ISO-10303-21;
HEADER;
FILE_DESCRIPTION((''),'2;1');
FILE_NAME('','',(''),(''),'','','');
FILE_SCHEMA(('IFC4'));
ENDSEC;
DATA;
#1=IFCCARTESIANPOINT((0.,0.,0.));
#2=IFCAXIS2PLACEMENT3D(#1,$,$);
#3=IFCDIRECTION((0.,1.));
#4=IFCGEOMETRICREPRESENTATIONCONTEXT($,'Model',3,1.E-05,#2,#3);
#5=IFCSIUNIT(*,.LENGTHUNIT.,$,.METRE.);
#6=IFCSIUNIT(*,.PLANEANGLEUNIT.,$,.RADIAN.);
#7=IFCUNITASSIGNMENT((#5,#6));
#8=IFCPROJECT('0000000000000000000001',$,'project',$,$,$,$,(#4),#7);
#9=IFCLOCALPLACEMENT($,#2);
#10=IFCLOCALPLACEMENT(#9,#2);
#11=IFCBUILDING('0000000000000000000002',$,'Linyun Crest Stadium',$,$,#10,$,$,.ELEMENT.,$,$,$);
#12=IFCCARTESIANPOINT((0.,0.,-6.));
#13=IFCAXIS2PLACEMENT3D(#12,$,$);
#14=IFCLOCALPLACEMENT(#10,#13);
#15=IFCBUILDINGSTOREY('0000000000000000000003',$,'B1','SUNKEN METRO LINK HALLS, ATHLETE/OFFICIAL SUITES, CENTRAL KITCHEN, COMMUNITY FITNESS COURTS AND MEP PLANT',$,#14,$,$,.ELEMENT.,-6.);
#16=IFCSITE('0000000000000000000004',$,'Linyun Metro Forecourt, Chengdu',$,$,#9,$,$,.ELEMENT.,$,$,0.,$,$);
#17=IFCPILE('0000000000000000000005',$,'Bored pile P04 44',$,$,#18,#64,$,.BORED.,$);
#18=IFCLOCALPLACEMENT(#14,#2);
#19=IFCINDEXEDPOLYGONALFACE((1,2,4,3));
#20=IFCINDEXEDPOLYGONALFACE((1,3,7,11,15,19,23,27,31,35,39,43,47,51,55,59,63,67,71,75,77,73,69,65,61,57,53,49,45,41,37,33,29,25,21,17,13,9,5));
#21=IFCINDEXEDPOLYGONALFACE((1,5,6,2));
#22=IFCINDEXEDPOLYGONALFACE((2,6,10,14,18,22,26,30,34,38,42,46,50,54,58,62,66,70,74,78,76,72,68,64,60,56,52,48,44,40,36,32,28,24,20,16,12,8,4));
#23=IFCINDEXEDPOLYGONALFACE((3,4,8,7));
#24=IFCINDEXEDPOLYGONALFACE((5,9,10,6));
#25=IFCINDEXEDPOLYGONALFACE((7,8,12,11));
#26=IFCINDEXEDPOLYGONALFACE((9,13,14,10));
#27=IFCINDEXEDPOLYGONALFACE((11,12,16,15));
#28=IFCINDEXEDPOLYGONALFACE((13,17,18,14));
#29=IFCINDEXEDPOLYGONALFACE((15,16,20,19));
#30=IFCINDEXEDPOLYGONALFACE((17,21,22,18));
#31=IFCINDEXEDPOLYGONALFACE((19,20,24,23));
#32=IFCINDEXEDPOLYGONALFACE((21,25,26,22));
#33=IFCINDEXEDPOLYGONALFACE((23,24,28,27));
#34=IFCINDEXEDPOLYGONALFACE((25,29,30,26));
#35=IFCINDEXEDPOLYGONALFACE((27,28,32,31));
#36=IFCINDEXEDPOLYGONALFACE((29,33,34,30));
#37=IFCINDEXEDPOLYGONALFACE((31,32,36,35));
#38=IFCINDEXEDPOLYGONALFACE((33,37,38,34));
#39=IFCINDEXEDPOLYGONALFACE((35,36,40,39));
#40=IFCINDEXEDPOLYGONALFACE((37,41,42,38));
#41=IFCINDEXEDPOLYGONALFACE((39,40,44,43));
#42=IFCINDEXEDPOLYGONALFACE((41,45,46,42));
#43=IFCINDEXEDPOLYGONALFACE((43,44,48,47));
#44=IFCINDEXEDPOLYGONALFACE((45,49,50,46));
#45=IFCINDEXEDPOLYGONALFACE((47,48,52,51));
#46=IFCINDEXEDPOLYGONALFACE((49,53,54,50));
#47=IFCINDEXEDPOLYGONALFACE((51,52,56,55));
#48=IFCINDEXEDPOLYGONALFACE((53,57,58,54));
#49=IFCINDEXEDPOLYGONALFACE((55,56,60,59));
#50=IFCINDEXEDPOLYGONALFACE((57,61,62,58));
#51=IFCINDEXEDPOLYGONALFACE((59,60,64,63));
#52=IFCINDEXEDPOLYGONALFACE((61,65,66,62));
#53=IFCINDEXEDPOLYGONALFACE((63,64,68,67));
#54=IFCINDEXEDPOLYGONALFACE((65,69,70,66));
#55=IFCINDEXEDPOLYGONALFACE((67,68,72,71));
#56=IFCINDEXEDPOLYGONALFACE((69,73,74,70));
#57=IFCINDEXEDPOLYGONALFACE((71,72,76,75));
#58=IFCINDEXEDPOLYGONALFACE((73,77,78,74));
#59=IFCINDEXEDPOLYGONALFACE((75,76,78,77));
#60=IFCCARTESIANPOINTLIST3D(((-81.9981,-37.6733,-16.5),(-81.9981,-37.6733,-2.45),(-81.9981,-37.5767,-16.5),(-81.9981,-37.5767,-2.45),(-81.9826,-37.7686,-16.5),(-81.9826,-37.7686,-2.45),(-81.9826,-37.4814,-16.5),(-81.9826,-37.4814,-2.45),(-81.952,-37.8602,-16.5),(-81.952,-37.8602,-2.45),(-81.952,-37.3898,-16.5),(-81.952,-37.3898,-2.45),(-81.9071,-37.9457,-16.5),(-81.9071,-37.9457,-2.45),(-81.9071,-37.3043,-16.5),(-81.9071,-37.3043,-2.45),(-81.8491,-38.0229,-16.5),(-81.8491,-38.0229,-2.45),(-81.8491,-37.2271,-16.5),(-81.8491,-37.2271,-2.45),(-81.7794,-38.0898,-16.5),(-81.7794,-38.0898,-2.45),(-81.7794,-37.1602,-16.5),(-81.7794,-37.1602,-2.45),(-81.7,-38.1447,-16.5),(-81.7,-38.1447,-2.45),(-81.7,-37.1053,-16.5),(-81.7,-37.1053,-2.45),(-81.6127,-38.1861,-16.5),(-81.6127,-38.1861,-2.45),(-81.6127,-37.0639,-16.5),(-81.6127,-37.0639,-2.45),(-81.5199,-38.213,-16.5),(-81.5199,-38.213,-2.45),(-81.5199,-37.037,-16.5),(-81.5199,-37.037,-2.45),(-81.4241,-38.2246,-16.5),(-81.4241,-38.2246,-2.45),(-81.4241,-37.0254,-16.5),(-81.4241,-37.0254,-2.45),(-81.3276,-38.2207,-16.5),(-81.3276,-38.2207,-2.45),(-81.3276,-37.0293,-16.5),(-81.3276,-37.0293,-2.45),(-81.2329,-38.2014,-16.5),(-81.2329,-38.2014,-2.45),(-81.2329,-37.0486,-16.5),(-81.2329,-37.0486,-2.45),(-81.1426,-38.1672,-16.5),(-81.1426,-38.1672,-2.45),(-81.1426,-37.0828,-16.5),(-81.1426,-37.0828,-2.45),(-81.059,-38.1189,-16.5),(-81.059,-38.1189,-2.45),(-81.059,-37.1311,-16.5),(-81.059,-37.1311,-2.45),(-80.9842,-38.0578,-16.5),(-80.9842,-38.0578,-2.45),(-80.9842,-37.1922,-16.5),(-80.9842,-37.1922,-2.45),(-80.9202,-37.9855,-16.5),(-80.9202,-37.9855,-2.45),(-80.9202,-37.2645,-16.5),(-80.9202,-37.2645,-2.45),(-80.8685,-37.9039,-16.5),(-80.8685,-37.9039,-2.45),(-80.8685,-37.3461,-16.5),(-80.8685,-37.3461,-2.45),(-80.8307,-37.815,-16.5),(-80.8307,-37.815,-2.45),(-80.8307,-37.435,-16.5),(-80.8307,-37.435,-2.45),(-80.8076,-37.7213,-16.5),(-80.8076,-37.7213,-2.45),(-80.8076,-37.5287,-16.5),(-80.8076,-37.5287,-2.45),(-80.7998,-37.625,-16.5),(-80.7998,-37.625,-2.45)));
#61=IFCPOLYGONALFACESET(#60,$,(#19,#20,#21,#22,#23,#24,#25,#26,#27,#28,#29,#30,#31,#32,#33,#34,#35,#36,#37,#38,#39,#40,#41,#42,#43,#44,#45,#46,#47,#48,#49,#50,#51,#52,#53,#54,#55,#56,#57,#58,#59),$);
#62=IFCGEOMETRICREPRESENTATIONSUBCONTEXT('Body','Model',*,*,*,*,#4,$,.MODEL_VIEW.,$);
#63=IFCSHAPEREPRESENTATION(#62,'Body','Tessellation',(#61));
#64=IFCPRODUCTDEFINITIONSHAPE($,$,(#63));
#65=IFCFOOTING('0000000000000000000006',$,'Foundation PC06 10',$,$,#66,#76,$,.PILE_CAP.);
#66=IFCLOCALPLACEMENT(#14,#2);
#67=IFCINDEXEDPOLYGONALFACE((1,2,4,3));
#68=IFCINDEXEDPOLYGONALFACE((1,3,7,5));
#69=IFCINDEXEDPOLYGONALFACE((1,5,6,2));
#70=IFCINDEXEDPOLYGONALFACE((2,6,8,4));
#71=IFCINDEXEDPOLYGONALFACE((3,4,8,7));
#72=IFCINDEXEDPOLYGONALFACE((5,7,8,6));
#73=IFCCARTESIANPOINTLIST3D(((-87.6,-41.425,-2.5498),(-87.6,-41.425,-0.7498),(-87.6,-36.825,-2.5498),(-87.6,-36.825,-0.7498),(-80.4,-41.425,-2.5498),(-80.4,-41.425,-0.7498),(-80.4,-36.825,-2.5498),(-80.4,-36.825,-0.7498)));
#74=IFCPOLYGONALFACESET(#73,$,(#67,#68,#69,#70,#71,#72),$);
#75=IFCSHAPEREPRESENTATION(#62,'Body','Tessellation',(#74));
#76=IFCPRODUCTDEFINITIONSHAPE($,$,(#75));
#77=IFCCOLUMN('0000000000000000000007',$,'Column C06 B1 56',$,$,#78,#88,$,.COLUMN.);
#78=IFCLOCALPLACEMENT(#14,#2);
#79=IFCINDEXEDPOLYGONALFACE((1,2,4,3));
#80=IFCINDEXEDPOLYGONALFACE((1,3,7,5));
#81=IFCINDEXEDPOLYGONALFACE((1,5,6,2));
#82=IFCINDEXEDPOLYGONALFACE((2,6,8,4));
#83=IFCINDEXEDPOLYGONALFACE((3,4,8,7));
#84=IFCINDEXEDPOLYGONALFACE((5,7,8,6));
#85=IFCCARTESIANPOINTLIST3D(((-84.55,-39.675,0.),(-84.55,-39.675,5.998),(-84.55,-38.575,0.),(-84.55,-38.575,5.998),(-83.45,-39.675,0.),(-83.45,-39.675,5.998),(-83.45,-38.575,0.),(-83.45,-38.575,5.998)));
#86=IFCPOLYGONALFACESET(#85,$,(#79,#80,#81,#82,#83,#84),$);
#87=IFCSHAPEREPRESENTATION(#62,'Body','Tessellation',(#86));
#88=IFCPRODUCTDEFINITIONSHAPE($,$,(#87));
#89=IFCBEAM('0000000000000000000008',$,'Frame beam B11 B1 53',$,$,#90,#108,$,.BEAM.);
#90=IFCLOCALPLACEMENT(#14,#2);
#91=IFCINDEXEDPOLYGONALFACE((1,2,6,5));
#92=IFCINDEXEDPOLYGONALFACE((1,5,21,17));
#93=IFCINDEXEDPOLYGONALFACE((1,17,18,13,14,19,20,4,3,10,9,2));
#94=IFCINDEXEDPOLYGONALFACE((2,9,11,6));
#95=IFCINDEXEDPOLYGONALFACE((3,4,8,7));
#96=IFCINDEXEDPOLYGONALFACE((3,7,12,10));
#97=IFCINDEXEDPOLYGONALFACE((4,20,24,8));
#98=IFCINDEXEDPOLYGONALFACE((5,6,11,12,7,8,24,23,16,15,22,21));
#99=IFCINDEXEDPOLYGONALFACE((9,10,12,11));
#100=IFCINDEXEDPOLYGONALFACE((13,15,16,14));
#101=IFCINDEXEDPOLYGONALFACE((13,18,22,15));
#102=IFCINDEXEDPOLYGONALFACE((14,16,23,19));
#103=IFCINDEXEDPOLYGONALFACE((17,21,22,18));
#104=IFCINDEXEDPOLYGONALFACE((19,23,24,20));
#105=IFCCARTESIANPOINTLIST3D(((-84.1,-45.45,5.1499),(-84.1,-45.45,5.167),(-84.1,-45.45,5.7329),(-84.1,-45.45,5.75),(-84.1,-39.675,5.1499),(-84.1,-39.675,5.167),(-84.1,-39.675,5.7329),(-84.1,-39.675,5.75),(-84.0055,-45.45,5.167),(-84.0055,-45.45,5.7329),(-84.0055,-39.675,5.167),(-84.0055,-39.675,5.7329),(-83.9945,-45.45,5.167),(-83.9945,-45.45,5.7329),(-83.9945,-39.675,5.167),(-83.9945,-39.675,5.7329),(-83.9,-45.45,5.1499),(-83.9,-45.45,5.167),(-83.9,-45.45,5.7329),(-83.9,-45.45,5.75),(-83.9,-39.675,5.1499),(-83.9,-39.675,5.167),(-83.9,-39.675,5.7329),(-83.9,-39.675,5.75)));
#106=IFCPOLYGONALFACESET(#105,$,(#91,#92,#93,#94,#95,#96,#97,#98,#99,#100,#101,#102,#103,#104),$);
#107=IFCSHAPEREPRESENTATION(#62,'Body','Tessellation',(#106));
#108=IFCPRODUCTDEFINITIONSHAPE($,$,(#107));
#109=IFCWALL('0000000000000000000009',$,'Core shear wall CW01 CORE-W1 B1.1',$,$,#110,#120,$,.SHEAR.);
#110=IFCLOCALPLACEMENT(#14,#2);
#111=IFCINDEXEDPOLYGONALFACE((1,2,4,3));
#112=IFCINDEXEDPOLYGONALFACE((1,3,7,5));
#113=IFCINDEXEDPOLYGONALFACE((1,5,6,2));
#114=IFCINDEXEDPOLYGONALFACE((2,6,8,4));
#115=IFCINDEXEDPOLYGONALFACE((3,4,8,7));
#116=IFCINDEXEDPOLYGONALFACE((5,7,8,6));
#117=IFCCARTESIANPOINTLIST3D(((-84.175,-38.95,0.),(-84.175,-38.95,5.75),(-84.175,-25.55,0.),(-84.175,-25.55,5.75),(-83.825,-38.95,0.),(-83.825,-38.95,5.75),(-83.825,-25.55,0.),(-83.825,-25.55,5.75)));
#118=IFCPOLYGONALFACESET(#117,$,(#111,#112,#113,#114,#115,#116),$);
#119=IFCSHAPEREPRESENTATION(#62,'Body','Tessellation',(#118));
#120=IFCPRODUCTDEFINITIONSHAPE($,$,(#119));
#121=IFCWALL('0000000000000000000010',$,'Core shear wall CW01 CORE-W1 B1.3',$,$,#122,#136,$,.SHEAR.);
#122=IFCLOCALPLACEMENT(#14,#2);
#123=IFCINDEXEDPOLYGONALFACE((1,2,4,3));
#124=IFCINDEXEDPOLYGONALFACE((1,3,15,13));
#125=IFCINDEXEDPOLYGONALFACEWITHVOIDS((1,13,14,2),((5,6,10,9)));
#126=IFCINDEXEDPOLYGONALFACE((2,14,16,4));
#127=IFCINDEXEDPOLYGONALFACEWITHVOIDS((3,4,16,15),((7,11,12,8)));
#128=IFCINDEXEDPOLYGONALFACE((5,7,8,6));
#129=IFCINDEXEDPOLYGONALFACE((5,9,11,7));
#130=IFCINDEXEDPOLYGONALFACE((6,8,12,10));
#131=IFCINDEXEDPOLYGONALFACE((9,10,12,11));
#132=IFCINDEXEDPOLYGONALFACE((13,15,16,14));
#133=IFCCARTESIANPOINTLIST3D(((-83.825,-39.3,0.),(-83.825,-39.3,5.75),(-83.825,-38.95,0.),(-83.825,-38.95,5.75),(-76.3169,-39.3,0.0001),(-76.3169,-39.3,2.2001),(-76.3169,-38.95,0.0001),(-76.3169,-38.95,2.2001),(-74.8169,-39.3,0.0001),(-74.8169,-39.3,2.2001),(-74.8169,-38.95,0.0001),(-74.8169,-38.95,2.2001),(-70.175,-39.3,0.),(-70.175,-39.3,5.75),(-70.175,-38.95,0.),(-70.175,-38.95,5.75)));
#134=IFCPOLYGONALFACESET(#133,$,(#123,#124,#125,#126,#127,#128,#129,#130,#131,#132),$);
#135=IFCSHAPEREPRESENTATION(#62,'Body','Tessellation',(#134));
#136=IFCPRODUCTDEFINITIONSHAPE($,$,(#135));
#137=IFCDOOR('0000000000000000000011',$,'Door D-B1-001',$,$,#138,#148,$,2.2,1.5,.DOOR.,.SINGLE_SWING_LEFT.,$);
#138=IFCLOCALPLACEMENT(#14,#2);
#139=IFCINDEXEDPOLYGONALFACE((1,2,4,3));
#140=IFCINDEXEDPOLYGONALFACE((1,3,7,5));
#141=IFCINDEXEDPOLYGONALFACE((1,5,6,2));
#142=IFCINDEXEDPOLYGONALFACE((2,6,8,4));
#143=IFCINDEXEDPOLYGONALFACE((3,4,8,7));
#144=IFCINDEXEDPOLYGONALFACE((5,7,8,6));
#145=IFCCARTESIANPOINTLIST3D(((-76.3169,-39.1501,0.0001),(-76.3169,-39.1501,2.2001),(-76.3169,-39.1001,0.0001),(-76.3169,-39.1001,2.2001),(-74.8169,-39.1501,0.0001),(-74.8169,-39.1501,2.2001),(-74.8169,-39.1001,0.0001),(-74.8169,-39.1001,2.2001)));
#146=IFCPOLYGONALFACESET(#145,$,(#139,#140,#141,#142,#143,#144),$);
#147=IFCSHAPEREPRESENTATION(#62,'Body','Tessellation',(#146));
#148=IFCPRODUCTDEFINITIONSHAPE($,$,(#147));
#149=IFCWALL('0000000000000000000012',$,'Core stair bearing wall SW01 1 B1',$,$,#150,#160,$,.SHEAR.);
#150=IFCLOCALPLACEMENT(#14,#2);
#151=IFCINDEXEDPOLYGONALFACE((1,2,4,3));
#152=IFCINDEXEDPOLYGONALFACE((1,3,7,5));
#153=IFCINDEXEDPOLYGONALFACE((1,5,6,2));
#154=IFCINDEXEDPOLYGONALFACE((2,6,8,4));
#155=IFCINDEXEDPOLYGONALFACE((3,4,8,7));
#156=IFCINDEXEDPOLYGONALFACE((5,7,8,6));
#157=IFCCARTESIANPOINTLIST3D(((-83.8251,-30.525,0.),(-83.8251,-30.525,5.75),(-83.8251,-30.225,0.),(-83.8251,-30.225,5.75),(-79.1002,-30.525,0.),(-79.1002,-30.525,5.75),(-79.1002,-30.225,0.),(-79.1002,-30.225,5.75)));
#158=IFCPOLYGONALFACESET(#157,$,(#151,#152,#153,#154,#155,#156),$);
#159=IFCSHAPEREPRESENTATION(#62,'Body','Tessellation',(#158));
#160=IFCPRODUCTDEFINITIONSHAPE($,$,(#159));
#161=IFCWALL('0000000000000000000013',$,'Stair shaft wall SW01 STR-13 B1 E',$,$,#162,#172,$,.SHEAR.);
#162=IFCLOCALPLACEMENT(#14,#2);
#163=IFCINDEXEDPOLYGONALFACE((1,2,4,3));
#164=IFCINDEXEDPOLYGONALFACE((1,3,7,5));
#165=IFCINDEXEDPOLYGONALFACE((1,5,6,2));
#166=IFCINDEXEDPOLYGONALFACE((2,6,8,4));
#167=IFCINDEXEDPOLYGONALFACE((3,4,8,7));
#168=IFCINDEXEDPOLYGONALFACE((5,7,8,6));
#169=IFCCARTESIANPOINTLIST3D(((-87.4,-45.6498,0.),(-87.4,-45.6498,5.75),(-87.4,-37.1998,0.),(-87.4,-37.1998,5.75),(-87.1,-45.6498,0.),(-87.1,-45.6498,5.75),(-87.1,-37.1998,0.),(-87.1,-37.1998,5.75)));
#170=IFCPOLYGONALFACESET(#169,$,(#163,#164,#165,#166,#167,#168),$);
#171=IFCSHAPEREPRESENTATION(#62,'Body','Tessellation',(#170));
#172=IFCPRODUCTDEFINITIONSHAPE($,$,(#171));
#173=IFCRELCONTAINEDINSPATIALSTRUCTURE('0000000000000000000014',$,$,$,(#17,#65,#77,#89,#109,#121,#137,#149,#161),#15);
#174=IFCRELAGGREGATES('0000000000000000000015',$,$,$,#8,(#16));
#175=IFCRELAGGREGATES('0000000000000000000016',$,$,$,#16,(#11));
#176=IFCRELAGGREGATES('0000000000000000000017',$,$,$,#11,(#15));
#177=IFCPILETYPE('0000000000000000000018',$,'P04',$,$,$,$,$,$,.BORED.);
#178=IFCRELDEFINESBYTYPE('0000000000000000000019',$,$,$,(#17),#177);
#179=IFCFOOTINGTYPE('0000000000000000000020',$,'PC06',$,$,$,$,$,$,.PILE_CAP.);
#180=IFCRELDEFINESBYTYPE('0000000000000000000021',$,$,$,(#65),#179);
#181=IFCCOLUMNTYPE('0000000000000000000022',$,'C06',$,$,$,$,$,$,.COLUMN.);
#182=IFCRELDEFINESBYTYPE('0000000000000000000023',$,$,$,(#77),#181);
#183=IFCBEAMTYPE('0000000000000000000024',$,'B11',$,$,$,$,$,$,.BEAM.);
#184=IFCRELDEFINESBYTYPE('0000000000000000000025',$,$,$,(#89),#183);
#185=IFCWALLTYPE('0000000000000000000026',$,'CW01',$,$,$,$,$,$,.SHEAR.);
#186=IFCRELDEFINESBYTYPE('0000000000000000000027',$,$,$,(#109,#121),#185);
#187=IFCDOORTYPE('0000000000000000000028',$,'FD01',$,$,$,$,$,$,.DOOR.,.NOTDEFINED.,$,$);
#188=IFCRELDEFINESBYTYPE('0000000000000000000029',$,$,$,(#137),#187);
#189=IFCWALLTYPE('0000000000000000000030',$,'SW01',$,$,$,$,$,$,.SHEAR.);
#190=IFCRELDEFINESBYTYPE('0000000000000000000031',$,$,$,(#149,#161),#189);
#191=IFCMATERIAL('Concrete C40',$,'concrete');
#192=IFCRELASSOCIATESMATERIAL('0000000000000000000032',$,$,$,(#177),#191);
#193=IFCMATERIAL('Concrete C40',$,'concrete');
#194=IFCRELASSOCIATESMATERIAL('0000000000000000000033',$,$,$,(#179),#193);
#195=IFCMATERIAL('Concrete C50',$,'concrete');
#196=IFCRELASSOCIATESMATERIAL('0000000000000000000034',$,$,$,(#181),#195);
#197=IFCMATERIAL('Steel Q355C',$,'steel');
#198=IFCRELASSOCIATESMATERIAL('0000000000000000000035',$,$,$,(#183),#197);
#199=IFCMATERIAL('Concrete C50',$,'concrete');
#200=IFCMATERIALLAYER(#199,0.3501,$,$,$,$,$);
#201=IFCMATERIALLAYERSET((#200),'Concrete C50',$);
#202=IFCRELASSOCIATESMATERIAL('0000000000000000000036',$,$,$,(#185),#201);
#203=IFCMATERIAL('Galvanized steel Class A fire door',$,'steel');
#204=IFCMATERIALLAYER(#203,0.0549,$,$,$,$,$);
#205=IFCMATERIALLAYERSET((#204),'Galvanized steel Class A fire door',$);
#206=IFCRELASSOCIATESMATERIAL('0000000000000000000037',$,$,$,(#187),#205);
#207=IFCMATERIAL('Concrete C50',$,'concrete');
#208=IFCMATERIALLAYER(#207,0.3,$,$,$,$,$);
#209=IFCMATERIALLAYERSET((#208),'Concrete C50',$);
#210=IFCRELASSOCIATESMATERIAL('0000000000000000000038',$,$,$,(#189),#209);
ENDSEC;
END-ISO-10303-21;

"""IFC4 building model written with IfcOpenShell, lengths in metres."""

from ifc_helpers import new_model, si_unit, direction, frame, frame_2d, origin, origin_2d, place, context, subcontext, project, spatial, rectangle, circle, i_section, extrude, material, layer, layer_set, material_profile, profile_set, type_object, element, fill, save


model = new_model("IFC4")

# Units and contexts
model_context = context("Model", 3, precision=1e-05, world=origin(), true_north=direction((0.0, 1.0)))
body_context = subcontext(model_context, "Body", "Model", "MODEL_VIEW")
ifc_project = project(units=[si_unit("LENGTHUNIT", "METRE"), si_unit("PLANEANGLEUNIT", "RADIAN")], contexts=[model_context])

# Site, building, storey
site_placement = place(None, origin())
site = spatial("IfcSite", under=ifc_project, at=site_placement, Name="Linyun Metro Forecourt, Chengdu", CompositionType="ELEMENT", RefElevation=0.0)
building_placement = place(site_placement, origin())
building = spatial("IfcBuilding", under=site, at=building_placement, Name="Linyun Crest Stadium", CompositionType="ELEMENT")
storey_placement = place(building_placement, frame((0.0, 0.0, -6.0)))
storey = spatial("IfcBuildingStorey", under=building, at=storey_placement, Name="B1", Description="SUNKEN METRO LINK HALLS, ATHLETE/OFFICIAL SUITES, CENTRAL KITCHEN, COMMUNITY FITNESS COURTS AND MEP PLANT", CompositionType="ELEMENT", Elevation=-6.0)

# Pile
ifc_material_1 = material(Name="Concrete C40", Category="concrete")
ifc_material_profile_1 = material_profile(ifc_material_1, circle(Radius=0.6001, at=origin_2d()), Name="BORED PILE 1200")
ifc_profile_set_1 = profile_set([ifc_material_profile_1], Name="Concrete C40")
pile_type = type_object("IfcPileType", Name="P04", PredefinedType="BORED", material=ifc_profile_set_1)
for number, where, z_axis, x_axis, name in (
    (1, (-81.3999, -37.625, -2.45), (0.0, 0.0, -1.0), (1.0, 0.0, 0.0), "Bored pile P04 44"),
):
    element("IfcPile", number, at=place(storey_placement, frame(where, z_axis=z_axis, x_axis=x_axis)), inside=storey, type_object=pile_type, Name=name, PredefinedType="BORED", context=body_context, shape_type="SweptSolid", body=[
        extrude(circle(Radius=0.6001, at=origin_2d()), origin(), (0.0, 0.0, 1.0), 14.05),
    ])

# Footing
ifc_material_2 = material(Name="Concrete C40", Category="concrete")
footing_type = type_object("IfcFootingType", Name="PC06", PredefinedType="PILE_CAP", material=ifc_material_2)
footing_placement = place(storey_placement, frame((-84.0, -39.125, -2.5498), z_axis=(0.0, 0.0, 1.0), x_axis=(1.0, 0.0, 0.0)))
element("IfcFooting", 2, at=footing_placement, inside=storey, type_object=footing_type, Name="Foundation PC06 10", PredefinedType="PILE_CAP", context=body_context, shape_type="SweptSolid", body=[
    extrude(rectangle(XDim=7.2, YDim=4.6001, at=origin_2d()), origin(), (0.0, 0.0, 1.0), 1.8),
])

# Column
ifc_material_3 = material(Name="Concrete C50", Category="concrete")
ifc_material_profile_2 = material_profile(ifc_material_3, rectangle(XDim=1.1001, YDim=1.1001, at=origin_2d()), Name="RC 1100x1100")
ifc_profile_set_2 = profile_set([ifc_material_profile_2], Name="Concrete C50")
column_type = type_object("IfcColumnType", Name="C06", PredefinedType="COLUMN", material=ifc_profile_set_2)
column_placement = place(storey_placement, frame((-84.0, -39.125, 0.0), z_axis=(0.0, 0.0, 1.0), x_axis=(1.0, 0.0, 0.0)))
element("IfcColumn", 3, at=column_placement, inside=storey, type_object=column_type, Name="Column C06 B1 56", PredefinedType="COLUMN", context=body_context, shape_type="SweptSolid", body=[
    extrude(rectangle(XDim=1.1001, YDim=1.1001, at=origin_2d()), origin(), (0.0, 0.0, 1.0), 5.998),
])

# Beam
ifc_material_4 = material(Name="Steel Q355C", Category="steel")
ifc_material_profile_3 = material_profile(ifc_material_4, i_section(OverallWidth=0.2, OverallDepth=0.6001, WebThickness=0.011, FlangeThickness=0.0171, at=origin_2d()), Name="HN 600x200")
ifc_profile_set_3 = profile_set([ifc_material_profile_3], Name="Steel Q355C")
beam_type = type_object("IfcBeamType", Name="B11", PredefinedType="BEAM", material=ifc_profile_set_3)
beam_placement = place(storey_placement, frame((-84.0, -45.45, 5.45), z_axis=(0.0, 1.0, 0.0), x_axis=(-1.0, 0.0, 0.0)))
element("IfcBeam", 4, at=beam_placement, inside=storey, type_object=beam_type, Name="Frame beam B11 B1 53", PredefinedType="BEAM", context=body_context, shape_type="SweptSolid", body=[
    extrude(i_section(OverallWidth=0.2, OverallDepth=0.6001, WebThickness=0.011, FlangeThickness=0.0171, at=origin_2d()), origin(), (0.0, 0.0, 1.0), 5.7749),
])

# Wall
ifc_material_5 = material(Name="Concrete C50", Category="concrete")
ifc_layer_1 = layer(ifc_material_5, 0.3501)
ifc_layer_set_1 = layer_set([ifc_layer_1], Name="Concrete C50")
wall_type_1 = type_object("IfcWallType", Name="CW01", PredefinedType="SHEAR", material=ifc_layer_set_1)
wall_1_placement = place(storey_placement, frame((-84.0, -38.95, 0.0), z_axis=(0.0, 0.0, 1.0), x_axis=(0.0, 1.0, 0.0)))
element("IfcWall", 5, at=wall_1_placement, inside=storey, type_object=wall_type_1, Name="Core shear wall CW01 CORE-W1 B1.1", PredefinedType="SHEAR", context=body_context, shape_type="SweptSolid", body=[
    extrude(rectangle(XDim=13.3999, YDim=0.3501, at=frame_2d((6.7, 0.0))), origin(), (0.0, 0.0, 1.0), 5.75),
])

# Wall, opening, door
wall_2_placement = place(storey_placement, frame((-83.825, -39.125, 0.0), z_axis=(0.0, 0.0, 1.0), x_axis=(1.0, 0.0, 0.0)))
wall_2 = element("IfcWall", 6, at=wall_2_placement, inside=storey, type_object=wall_type_1, Name="Core shear wall CW01 CORE-W1 B1.3", PredefinedType="SHEAR", context=body_context, shape_type="SweptSolid", body=[
    extrude(rectangle(XDim=13.6499, YDim=0.3501, at=frame_2d((6.825, 0.0))), origin(), (0.0, 0.0, 1.0), 5.75),
])
opening_placement = place(wall_2_placement, frame((7.5081, 0.0, 0.0)))
opening = element("IfcOpeningElement", 7, at=opening_placement, cuts=wall_2, PredefinedType="OPENING", context=body_context, shape_type="SweptSolid", body=[
    extrude(rectangle(XDim=1.5, YDim=2.2, at=frame_2d((0.75, 1.1001))), frame((0.0, 0.1851, 0.0), z_axis=(0.0, -1.0, 0.0), x_axis=(1.0, 0.0, 0.0)), (0.0, 0.0, 1.0), 0.3701),
])
ifc_material_6 = material(Name="Galvanized steel Class A fire door", Category="steel")
ifc_layer_2 = layer(ifc_material_6, 0.0549)
ifc_layer_set_2 = layer_set([ifc_layer_2], Name="Galvanized steel Class A fire door")
door_type = type_object("IfcDoorType", Name="FD01", OperationType="NOTDEFINED", PredefinedType="DOOR", material=ifc_layer_set_2)
door_placement = place(opening_placement, origin())
door = element("IfcDoor", 8, at=door_placement, inside=storey, type_object=door_type, Name="Door D-B1-001", OperationType="SINGLE_SWING_LEFT", OverallHeight=2.2, OverallWidth=1.5, PredefinedType="DOOR", context=body_context, shape_type="SweptSolid", body=[
    extrude(rectangle(XDim=1.5, YDim=2.2, at=frame_2d((0.75, 1.1001))), frame((0.0, 0.0249, 0.0), z_axis=(0.0, -1.0, 0.0), x_axis=(1.0, 0.0, 0.0)), (0.0, 0.0, 1.0), 0.05),
])
fill(opening, door)

# Walls
ifc_material_7 = material(Name="Concrete C50", Category="concrete")
ifc_layer_3 = layer(ifc_material_7, 0.3)
ifc_layer_set_3 = layer_set([ifc_layer_3], Name="Concrete C50")
wall_type_2 = type_object("IfcWallType", Name="SW01", PredefinedType="SHEAR", material=ifc_layer_set_3)
wall_3_placement = place(storey_placement, frame((-83.825, -30.375, 0.0), z_axis=(0.0, 0.0, 1.0), x_axis=(1.0, 0.0, 0.0)))
element("IfcWall", 9, at=wall_3_placement, inside=storey, type_object=wall_type_2, Name="Core stair bearing wall SW01 1 B1", PredefinedType="SHEAR", context=body_context, shape_type="SweptSolid", body=[
    extrude(rectangle(XDim=4.7249, YDim=0.3, at=frame_2d((2.3623, 0.0))), origin(), (0.0, 0.0, 1.0), 5.75),
])
wall_4_placement = place(storey_placement, frame((-87.25, -45.6499, 0.0), z_axis=(0.0, 0.0, 1.0), x_axis=(0.0, 1.0, 0.0)))
element("IfcWall", 10, at=wall_4_placement, inside=storey, type_object=wall_type_2, Name="Stair shaft wall SW01 STR-13 B1 E", PredefinedType="SHEAR", context=body_context, shape_type="SweptSolid", body=[
    extrude(rectangle(XDim=8.45, YDim=0.3, at=frame_2d((4.2251, 0.0))), origin(), (0.0, 0.0, 1.0), 5.75),
])

save(model, "model.ifc")
